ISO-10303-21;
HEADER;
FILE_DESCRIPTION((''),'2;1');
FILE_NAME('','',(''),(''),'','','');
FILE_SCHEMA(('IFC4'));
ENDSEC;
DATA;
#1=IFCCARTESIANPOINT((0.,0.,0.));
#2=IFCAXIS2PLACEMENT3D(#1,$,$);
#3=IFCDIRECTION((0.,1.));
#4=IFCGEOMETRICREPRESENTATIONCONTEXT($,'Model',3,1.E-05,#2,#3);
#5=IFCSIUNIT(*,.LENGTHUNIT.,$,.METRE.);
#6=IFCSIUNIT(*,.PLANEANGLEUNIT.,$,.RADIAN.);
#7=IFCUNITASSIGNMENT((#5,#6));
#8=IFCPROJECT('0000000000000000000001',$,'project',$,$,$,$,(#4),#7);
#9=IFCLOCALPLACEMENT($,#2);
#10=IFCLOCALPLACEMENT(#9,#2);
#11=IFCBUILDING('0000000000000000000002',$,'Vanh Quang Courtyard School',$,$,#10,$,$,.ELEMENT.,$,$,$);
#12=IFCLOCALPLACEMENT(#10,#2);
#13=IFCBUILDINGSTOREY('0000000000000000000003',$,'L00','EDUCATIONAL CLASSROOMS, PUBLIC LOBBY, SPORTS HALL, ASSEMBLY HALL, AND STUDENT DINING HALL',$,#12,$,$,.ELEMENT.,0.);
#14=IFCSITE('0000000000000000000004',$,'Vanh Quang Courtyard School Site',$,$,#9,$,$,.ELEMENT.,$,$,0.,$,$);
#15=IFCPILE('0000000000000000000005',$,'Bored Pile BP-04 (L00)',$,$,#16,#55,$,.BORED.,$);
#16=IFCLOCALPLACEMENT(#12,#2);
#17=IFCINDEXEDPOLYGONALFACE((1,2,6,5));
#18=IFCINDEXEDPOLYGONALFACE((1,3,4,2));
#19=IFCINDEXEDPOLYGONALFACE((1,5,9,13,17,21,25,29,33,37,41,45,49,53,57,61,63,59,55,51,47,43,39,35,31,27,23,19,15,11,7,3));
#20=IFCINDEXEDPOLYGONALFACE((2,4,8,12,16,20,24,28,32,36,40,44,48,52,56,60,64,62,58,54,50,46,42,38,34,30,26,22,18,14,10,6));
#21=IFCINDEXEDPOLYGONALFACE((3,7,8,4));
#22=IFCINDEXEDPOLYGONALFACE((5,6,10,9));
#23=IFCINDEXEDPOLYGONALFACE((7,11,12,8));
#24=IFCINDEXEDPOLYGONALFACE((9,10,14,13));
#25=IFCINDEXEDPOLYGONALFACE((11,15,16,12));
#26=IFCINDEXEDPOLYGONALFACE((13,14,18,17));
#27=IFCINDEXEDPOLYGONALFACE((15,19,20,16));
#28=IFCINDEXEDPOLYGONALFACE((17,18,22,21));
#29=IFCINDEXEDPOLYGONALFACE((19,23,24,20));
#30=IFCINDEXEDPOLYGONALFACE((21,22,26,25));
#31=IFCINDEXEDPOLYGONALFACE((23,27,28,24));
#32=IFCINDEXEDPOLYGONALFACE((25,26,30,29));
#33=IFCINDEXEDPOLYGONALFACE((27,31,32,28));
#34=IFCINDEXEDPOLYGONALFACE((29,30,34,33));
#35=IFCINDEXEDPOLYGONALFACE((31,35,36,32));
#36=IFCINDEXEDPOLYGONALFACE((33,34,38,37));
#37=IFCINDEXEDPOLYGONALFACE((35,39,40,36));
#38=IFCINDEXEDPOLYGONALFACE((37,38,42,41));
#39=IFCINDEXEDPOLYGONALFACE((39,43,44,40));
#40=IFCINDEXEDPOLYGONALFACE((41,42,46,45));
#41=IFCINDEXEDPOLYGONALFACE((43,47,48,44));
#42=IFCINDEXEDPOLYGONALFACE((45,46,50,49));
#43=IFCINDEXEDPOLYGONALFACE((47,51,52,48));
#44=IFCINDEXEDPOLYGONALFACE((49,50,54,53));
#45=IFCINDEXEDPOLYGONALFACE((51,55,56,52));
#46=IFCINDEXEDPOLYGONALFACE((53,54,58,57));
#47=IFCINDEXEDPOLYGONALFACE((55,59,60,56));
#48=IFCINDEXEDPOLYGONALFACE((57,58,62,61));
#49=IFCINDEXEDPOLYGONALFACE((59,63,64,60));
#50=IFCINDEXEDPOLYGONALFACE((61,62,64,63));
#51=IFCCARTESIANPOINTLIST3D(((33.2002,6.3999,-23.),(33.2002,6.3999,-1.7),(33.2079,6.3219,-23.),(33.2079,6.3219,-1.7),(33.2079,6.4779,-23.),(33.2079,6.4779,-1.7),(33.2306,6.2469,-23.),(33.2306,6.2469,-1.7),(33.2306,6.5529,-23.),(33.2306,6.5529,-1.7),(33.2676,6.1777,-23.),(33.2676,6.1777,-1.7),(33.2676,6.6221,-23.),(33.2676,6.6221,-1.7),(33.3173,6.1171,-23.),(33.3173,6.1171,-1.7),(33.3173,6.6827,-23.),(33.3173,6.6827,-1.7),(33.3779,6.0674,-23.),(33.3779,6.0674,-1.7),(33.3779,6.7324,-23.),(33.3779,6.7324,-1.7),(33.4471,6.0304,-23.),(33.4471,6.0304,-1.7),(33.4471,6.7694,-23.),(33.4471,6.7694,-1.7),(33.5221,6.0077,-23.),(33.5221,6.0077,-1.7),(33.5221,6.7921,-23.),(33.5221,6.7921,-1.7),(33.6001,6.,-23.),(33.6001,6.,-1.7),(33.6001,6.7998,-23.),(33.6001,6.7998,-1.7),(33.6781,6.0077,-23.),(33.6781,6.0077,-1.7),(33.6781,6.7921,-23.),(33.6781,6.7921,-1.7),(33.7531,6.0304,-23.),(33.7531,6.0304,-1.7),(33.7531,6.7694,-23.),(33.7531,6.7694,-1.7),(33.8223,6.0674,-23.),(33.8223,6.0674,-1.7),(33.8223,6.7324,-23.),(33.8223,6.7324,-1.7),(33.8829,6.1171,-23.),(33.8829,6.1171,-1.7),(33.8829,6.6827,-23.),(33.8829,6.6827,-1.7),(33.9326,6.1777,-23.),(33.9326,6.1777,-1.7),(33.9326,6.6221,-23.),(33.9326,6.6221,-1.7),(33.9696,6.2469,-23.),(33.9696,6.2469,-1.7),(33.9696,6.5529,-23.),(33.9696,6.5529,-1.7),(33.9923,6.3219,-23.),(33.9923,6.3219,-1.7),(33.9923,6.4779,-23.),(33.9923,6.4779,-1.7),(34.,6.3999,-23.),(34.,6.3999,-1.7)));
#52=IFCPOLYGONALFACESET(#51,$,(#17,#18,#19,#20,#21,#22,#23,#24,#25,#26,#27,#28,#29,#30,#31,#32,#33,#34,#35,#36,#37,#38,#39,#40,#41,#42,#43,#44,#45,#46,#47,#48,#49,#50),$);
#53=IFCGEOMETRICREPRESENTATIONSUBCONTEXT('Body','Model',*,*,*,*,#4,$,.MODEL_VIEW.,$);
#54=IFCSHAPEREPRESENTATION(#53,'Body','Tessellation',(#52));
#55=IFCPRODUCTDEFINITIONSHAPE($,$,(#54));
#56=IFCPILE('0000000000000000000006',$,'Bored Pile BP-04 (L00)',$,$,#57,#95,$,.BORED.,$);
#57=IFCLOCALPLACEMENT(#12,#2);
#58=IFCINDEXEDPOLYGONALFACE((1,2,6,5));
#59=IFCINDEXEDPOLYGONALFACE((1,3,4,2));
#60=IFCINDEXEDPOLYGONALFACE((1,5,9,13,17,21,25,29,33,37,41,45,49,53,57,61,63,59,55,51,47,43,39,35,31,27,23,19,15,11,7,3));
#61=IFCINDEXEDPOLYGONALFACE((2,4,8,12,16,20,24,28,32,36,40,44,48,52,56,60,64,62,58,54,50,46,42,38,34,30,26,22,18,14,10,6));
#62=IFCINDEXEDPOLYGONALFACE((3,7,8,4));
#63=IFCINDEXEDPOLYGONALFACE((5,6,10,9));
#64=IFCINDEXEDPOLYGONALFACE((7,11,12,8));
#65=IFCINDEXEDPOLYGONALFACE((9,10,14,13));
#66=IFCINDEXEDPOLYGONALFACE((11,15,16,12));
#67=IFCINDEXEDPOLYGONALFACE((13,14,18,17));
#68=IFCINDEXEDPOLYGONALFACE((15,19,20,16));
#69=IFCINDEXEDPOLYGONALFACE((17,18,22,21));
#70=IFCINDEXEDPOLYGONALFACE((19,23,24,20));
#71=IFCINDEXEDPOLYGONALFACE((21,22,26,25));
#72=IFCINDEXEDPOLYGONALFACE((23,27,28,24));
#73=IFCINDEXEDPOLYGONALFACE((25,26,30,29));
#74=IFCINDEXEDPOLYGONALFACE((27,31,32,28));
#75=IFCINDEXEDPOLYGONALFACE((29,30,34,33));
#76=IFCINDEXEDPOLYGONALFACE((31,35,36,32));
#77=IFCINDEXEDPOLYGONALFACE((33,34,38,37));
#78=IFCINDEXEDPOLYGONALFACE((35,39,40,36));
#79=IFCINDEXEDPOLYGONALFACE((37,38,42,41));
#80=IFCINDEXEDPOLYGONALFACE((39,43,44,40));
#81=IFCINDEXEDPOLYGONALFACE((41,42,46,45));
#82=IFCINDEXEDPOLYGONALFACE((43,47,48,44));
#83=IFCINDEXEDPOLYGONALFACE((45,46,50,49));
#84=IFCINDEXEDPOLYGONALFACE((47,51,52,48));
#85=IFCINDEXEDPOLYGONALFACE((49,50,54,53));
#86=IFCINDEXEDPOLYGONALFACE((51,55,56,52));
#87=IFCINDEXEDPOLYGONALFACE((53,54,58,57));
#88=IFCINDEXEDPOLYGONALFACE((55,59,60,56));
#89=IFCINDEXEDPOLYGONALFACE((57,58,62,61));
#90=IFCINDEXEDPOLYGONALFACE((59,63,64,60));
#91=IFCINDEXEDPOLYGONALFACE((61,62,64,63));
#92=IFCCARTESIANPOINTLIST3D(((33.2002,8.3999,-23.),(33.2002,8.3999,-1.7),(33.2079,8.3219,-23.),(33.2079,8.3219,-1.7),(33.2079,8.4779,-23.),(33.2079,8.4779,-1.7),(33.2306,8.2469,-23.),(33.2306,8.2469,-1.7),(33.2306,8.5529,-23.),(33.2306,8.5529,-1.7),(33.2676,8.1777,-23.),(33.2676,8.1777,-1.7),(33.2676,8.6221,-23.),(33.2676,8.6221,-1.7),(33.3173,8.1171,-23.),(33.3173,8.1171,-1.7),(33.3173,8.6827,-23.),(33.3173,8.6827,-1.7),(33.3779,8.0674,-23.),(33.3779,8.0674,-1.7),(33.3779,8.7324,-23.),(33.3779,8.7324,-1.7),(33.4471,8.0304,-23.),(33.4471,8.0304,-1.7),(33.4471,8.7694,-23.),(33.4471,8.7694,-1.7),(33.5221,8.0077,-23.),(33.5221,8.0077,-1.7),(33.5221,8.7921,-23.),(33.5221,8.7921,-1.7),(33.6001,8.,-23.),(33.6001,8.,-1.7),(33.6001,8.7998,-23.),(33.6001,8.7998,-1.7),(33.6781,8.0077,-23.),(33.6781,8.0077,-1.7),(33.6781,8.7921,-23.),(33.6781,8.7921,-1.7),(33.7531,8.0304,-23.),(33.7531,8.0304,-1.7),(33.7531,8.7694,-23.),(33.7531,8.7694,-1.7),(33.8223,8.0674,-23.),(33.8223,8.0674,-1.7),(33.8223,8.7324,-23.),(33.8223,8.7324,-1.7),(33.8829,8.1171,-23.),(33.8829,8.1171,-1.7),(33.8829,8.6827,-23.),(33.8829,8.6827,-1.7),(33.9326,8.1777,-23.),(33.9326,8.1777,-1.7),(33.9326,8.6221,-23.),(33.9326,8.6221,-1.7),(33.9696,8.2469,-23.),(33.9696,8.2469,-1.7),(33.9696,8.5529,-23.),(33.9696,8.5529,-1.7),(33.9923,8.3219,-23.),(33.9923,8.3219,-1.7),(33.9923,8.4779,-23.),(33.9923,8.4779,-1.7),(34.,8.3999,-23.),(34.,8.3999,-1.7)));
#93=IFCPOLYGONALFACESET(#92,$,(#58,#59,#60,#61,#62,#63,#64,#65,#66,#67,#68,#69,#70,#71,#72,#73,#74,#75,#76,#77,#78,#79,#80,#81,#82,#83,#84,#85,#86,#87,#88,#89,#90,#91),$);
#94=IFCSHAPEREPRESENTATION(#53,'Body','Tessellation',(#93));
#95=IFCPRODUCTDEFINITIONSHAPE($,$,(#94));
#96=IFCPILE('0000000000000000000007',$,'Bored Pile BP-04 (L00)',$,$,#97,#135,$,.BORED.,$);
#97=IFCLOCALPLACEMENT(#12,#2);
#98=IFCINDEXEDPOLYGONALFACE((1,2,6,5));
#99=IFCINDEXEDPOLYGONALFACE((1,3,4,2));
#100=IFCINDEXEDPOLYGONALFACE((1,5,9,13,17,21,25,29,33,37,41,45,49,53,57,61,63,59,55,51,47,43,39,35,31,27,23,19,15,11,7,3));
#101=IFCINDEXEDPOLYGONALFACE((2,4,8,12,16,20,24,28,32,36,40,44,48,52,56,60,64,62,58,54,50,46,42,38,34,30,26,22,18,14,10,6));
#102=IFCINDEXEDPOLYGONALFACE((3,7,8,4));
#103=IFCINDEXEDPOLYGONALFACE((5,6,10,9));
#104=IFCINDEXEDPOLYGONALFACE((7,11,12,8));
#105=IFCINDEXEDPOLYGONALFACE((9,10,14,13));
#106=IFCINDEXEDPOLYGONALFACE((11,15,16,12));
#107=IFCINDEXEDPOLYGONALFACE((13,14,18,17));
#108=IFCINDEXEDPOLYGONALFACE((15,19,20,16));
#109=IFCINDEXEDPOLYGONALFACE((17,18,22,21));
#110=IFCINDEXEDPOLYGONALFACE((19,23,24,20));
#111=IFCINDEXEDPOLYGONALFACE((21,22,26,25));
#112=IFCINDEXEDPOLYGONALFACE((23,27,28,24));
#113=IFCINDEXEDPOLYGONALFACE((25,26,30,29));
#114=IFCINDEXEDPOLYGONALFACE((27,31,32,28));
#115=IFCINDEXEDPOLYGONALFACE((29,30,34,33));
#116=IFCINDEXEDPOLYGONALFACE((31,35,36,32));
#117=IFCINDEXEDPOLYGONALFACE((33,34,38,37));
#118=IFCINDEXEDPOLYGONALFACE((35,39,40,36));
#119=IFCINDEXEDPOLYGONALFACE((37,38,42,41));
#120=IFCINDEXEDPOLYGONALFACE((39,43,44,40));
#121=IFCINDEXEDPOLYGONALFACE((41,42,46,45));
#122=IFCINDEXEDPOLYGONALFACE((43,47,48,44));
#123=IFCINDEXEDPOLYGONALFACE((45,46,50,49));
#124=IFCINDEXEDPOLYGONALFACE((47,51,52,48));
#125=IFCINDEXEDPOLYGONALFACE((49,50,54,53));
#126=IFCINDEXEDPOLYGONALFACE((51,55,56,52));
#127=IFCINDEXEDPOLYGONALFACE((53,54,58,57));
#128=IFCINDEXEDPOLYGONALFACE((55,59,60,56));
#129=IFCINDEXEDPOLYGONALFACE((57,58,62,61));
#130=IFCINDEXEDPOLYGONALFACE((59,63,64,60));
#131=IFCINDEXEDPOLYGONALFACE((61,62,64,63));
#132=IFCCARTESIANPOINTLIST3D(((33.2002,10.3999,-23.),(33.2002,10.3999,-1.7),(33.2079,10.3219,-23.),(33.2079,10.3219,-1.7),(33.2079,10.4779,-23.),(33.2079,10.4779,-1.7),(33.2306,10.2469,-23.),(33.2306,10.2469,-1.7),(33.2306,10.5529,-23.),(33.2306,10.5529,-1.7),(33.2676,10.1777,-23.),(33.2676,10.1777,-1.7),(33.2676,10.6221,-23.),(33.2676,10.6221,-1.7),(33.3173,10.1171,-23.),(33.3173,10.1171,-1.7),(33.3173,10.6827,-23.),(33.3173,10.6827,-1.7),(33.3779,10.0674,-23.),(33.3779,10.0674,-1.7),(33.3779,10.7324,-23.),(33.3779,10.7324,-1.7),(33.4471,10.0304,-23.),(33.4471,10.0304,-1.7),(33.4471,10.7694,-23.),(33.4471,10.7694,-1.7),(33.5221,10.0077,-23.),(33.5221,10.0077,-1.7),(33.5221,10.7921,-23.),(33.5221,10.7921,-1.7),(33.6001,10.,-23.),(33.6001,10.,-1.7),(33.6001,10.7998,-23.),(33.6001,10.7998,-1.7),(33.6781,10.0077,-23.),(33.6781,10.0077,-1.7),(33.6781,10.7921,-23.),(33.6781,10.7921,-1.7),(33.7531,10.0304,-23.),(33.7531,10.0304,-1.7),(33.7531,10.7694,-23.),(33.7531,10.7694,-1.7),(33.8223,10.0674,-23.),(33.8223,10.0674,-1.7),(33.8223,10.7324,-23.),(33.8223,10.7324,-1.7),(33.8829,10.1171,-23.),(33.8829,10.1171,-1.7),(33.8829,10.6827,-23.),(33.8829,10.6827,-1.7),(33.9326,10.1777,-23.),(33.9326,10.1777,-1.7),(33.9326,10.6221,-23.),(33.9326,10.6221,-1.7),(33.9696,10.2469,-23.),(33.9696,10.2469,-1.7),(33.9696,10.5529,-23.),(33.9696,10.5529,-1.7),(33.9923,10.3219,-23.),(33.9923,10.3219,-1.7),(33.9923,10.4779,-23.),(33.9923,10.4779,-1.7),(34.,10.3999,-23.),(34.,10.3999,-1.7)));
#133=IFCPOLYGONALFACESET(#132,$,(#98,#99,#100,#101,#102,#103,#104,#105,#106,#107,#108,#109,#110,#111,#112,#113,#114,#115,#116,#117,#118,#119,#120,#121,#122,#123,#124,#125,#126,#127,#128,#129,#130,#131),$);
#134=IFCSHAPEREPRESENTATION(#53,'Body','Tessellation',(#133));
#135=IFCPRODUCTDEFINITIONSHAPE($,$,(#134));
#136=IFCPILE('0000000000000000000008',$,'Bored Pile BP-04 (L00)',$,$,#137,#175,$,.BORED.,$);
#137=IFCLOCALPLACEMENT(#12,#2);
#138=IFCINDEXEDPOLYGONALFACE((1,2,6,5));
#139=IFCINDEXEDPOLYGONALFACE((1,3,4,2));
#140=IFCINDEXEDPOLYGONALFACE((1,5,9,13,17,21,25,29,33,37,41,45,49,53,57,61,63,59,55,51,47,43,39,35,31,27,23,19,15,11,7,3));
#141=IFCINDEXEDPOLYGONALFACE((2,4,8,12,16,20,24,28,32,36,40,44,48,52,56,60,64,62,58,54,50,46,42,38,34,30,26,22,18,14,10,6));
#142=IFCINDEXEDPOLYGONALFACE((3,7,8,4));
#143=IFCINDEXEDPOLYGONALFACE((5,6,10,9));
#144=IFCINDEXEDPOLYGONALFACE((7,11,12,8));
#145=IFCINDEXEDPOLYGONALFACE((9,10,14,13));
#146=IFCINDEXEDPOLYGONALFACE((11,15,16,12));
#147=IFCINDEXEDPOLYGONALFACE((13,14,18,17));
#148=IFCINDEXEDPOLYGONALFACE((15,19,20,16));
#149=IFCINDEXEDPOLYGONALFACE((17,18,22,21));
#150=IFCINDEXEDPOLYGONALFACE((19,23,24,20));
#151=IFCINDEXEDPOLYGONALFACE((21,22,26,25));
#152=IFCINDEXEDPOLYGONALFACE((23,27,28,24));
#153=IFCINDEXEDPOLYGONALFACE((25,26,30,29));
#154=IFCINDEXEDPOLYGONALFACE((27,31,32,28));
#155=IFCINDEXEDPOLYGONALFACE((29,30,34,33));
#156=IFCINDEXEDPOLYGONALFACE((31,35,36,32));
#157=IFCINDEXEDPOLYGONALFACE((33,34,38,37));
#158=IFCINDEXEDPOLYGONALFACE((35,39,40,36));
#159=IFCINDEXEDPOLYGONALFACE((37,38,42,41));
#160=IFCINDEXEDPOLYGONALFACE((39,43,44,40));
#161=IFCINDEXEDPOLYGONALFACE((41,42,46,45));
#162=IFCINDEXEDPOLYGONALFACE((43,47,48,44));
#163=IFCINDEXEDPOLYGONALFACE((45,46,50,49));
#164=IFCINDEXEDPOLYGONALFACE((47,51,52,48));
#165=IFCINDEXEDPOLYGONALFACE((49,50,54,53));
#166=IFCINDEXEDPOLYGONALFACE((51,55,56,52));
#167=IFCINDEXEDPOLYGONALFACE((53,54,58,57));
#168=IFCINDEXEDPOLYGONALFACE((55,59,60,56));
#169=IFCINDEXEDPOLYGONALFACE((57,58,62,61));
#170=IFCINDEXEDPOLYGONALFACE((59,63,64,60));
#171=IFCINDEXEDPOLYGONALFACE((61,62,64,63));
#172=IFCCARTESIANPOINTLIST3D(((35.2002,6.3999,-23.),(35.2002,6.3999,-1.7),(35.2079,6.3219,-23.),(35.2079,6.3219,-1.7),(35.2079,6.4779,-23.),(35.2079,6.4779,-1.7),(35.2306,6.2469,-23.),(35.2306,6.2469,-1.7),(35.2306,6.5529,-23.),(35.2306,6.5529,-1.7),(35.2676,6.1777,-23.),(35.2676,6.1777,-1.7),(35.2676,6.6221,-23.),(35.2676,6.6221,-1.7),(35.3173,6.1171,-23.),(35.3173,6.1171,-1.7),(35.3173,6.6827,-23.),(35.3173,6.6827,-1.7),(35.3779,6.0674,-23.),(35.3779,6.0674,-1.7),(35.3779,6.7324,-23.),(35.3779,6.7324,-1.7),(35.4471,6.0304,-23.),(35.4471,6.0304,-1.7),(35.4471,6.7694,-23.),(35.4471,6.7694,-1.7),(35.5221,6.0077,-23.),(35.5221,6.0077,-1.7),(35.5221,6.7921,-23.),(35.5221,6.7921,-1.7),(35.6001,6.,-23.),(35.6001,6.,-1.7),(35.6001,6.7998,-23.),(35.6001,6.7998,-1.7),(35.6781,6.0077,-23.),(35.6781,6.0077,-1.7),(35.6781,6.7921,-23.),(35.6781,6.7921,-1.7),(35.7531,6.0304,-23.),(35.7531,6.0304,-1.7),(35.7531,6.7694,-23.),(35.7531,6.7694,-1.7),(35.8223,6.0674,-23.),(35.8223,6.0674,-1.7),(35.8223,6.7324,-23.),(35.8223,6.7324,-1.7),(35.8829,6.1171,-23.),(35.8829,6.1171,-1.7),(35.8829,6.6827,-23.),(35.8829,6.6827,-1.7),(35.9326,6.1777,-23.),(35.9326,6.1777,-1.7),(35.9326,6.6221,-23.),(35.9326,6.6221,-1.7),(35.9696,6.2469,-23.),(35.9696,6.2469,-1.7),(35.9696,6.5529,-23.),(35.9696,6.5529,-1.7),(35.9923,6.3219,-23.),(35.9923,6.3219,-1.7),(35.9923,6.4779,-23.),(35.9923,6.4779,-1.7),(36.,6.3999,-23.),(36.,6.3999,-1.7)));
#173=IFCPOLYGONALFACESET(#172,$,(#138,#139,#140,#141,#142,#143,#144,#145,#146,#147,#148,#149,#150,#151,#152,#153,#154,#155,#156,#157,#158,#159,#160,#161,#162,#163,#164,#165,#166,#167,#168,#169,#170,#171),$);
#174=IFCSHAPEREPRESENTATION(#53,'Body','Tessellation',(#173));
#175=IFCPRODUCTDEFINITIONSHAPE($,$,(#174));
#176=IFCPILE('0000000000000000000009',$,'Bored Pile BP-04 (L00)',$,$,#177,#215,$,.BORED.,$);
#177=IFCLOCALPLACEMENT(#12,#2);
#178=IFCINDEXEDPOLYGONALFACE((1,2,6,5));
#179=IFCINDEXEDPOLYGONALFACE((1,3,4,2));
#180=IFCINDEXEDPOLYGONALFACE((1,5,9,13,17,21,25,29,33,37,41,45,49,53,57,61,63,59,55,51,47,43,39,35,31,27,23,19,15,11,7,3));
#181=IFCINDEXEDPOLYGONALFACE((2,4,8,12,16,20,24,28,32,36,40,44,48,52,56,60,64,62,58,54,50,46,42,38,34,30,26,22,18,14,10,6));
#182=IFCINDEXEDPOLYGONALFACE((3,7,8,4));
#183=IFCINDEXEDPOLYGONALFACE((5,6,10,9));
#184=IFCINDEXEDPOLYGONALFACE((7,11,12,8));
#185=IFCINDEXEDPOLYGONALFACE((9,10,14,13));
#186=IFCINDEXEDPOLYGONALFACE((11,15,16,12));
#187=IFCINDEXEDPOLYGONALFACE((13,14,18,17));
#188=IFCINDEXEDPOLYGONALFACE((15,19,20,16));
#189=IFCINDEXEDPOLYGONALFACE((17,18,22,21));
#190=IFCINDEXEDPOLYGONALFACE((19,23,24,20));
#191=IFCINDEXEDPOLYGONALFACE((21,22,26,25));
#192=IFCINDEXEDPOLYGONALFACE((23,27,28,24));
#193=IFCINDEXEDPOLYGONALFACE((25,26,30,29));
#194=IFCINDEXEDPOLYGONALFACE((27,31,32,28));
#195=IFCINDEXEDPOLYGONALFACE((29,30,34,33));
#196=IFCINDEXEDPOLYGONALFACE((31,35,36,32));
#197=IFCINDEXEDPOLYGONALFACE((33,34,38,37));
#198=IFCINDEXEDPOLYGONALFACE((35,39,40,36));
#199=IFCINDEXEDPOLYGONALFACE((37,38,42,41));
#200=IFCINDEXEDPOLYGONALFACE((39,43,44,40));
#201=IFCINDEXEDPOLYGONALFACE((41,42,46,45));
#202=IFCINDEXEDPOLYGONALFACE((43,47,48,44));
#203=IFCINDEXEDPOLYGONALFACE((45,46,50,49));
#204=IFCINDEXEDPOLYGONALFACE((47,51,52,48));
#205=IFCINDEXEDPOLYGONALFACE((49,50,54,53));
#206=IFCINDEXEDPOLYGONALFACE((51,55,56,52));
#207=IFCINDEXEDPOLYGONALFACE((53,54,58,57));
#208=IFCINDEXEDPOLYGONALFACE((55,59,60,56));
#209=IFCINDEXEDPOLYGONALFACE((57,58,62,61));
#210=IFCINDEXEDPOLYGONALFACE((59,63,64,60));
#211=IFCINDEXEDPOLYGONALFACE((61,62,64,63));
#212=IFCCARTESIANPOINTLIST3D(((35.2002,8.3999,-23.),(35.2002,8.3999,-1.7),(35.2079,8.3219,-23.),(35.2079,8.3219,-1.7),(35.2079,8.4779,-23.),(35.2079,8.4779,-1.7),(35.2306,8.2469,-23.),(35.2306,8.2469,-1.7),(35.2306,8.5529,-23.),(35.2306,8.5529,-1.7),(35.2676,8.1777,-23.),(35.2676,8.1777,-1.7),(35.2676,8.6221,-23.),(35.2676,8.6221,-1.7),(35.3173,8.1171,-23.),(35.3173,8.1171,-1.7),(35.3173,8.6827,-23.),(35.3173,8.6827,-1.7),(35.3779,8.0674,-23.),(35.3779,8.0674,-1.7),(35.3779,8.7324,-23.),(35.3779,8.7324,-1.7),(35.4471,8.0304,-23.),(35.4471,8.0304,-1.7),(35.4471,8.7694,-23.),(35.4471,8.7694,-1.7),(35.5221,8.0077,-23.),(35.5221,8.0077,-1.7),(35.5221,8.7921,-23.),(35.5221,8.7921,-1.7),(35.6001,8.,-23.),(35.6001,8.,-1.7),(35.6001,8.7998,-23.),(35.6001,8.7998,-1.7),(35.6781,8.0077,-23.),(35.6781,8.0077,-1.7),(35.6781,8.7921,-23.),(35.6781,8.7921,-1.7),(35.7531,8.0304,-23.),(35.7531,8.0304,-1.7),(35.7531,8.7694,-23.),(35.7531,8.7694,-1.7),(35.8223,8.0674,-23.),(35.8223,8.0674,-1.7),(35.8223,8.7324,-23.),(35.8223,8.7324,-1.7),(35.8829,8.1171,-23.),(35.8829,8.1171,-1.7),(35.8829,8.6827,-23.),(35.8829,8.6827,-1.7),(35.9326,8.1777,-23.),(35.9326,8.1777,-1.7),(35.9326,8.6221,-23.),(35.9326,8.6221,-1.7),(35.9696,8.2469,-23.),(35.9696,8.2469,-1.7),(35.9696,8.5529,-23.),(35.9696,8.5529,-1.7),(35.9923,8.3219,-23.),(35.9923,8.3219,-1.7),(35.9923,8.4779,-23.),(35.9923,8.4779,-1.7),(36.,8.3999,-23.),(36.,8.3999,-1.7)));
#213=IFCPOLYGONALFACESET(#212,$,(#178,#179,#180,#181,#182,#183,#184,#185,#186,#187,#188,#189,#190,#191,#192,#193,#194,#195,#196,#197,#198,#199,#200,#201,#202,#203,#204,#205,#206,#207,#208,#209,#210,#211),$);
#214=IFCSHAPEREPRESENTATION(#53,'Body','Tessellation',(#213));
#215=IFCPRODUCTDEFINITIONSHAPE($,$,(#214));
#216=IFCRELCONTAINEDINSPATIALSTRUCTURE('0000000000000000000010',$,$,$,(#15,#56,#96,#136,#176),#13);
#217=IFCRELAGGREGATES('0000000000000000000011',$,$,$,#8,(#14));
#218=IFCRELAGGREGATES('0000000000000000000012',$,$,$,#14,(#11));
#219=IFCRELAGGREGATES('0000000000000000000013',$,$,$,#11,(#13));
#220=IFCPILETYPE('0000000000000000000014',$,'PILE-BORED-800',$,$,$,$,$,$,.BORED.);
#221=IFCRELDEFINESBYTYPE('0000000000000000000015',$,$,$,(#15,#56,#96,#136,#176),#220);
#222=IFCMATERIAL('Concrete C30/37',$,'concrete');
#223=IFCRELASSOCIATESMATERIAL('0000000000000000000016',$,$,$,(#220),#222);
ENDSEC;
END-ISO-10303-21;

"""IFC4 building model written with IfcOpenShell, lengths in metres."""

from ifc_helpers import new_model, si_unit, direction, frame, origin, origin_2d, place, context, subcontext, project, spatial, circle, extrude, material, material_profile, profile_set, type_object, element, save


model = new_model("IFC4")

# Units and contexts
model_context = context("Model", 3, precision=1e-05, world=origin(), true_north=direction((0.0, 1.0)))
body_context = subcontext(model_context, "Body", "Model", "MODEL_VIEW")
ifc_project = project(units=[si_unit("LENGTHUNIT", "METRE"), si_unit("PLANEANGLEUNIT", "RADIAN")], contexts=[model_context])

# Site, building, storey
site_placement = place(None, origin())
site = spatial("IfcSite", under=ifc_project, at=site_placement, Name="Vanh Quang Courtyard School Site", CompositionType="ELEMENT", RefElevation=0.0)
building_placement = place(site_placement, origin())
building = spatial("IfcBuilding", under=site, at=building_placement, Name="Vanh Quang Courtyard School", CompositionType="ELEMENT")
storey_placement = place(building_placement, origin())
storey = spatial("IfcBuildingStorey", under=building, at=storey_placement, Name="L00", Description="EDUCATIONAL CLASSROOMS, PUBLIC LOBBY, SPORTS HALL, ASSEMBLY HALL, AND STUDENT DINING HALL", CompositionType="ELEMENT", Elevation=0.0)

# Piles
ifc_material_1 = material(Name="Concrete C30/37", Category="concrete")
ifc_material_profile_1 = material_profile(ifc_material_1, circle(Radius=0.3999, at=origin_2d()), Name="PILE D800")
ifc_profile_set_1 = profile_set([ifc_material_profile_1], Name="Concrete C30/37")
pile_type = type_object("IfcPileType", Name="PILE-BORED-800", PredefinedType="BORED", material=ifc_profile_set_1)
for number, where, z_axis, x_axis, name in (
    (1, (33.6001, 6.3999, -1.7), (0.0, 0.0, -1.0), (1.0, 0.0, 0.0), "Bored Pile BP-04 (L00)"),
    (2, (33.6001, 8.3999, -1.7), (0.0, 0.0, -1.0), (1.0, 0.0, 0.0), "Bored Pile BP-04 (L00)"),
    (3, (33.6001, 10.3999, -1.7), (0.0, 0.0, -1.0), (1.0, 0.0, 0.0), "Bored Pile BP-04 (L00)"),
    (4, (35.6001, 6.3999, -1.7), (0.0, 0.0, -1.0), (1.0, 0.0, 0.0), "Bored Pile BP-04 (L00)"),
    (5, (35.6001, 8.3999, -1.7), (0.0, 0.0, -1.0), (1.0, 0.0, 0.0), "Bored Pile BP-04 (L00)"),
):
    element("IfcPile", number, at=place(storey_placement, frame(where, z_axis=z_axis, x_axis=x_axis)), inside=storey, type_object=pile_type, Name=name, PredefinedType="BORED", context=body_context, shape_type="SweptSolid", body=[
        extrude(circle(Radius=0.3999, at=origin_2d()), origin(), (0.0, 0.0, 1.0), 21.3),
    ])

save(model, "model.ifc")
